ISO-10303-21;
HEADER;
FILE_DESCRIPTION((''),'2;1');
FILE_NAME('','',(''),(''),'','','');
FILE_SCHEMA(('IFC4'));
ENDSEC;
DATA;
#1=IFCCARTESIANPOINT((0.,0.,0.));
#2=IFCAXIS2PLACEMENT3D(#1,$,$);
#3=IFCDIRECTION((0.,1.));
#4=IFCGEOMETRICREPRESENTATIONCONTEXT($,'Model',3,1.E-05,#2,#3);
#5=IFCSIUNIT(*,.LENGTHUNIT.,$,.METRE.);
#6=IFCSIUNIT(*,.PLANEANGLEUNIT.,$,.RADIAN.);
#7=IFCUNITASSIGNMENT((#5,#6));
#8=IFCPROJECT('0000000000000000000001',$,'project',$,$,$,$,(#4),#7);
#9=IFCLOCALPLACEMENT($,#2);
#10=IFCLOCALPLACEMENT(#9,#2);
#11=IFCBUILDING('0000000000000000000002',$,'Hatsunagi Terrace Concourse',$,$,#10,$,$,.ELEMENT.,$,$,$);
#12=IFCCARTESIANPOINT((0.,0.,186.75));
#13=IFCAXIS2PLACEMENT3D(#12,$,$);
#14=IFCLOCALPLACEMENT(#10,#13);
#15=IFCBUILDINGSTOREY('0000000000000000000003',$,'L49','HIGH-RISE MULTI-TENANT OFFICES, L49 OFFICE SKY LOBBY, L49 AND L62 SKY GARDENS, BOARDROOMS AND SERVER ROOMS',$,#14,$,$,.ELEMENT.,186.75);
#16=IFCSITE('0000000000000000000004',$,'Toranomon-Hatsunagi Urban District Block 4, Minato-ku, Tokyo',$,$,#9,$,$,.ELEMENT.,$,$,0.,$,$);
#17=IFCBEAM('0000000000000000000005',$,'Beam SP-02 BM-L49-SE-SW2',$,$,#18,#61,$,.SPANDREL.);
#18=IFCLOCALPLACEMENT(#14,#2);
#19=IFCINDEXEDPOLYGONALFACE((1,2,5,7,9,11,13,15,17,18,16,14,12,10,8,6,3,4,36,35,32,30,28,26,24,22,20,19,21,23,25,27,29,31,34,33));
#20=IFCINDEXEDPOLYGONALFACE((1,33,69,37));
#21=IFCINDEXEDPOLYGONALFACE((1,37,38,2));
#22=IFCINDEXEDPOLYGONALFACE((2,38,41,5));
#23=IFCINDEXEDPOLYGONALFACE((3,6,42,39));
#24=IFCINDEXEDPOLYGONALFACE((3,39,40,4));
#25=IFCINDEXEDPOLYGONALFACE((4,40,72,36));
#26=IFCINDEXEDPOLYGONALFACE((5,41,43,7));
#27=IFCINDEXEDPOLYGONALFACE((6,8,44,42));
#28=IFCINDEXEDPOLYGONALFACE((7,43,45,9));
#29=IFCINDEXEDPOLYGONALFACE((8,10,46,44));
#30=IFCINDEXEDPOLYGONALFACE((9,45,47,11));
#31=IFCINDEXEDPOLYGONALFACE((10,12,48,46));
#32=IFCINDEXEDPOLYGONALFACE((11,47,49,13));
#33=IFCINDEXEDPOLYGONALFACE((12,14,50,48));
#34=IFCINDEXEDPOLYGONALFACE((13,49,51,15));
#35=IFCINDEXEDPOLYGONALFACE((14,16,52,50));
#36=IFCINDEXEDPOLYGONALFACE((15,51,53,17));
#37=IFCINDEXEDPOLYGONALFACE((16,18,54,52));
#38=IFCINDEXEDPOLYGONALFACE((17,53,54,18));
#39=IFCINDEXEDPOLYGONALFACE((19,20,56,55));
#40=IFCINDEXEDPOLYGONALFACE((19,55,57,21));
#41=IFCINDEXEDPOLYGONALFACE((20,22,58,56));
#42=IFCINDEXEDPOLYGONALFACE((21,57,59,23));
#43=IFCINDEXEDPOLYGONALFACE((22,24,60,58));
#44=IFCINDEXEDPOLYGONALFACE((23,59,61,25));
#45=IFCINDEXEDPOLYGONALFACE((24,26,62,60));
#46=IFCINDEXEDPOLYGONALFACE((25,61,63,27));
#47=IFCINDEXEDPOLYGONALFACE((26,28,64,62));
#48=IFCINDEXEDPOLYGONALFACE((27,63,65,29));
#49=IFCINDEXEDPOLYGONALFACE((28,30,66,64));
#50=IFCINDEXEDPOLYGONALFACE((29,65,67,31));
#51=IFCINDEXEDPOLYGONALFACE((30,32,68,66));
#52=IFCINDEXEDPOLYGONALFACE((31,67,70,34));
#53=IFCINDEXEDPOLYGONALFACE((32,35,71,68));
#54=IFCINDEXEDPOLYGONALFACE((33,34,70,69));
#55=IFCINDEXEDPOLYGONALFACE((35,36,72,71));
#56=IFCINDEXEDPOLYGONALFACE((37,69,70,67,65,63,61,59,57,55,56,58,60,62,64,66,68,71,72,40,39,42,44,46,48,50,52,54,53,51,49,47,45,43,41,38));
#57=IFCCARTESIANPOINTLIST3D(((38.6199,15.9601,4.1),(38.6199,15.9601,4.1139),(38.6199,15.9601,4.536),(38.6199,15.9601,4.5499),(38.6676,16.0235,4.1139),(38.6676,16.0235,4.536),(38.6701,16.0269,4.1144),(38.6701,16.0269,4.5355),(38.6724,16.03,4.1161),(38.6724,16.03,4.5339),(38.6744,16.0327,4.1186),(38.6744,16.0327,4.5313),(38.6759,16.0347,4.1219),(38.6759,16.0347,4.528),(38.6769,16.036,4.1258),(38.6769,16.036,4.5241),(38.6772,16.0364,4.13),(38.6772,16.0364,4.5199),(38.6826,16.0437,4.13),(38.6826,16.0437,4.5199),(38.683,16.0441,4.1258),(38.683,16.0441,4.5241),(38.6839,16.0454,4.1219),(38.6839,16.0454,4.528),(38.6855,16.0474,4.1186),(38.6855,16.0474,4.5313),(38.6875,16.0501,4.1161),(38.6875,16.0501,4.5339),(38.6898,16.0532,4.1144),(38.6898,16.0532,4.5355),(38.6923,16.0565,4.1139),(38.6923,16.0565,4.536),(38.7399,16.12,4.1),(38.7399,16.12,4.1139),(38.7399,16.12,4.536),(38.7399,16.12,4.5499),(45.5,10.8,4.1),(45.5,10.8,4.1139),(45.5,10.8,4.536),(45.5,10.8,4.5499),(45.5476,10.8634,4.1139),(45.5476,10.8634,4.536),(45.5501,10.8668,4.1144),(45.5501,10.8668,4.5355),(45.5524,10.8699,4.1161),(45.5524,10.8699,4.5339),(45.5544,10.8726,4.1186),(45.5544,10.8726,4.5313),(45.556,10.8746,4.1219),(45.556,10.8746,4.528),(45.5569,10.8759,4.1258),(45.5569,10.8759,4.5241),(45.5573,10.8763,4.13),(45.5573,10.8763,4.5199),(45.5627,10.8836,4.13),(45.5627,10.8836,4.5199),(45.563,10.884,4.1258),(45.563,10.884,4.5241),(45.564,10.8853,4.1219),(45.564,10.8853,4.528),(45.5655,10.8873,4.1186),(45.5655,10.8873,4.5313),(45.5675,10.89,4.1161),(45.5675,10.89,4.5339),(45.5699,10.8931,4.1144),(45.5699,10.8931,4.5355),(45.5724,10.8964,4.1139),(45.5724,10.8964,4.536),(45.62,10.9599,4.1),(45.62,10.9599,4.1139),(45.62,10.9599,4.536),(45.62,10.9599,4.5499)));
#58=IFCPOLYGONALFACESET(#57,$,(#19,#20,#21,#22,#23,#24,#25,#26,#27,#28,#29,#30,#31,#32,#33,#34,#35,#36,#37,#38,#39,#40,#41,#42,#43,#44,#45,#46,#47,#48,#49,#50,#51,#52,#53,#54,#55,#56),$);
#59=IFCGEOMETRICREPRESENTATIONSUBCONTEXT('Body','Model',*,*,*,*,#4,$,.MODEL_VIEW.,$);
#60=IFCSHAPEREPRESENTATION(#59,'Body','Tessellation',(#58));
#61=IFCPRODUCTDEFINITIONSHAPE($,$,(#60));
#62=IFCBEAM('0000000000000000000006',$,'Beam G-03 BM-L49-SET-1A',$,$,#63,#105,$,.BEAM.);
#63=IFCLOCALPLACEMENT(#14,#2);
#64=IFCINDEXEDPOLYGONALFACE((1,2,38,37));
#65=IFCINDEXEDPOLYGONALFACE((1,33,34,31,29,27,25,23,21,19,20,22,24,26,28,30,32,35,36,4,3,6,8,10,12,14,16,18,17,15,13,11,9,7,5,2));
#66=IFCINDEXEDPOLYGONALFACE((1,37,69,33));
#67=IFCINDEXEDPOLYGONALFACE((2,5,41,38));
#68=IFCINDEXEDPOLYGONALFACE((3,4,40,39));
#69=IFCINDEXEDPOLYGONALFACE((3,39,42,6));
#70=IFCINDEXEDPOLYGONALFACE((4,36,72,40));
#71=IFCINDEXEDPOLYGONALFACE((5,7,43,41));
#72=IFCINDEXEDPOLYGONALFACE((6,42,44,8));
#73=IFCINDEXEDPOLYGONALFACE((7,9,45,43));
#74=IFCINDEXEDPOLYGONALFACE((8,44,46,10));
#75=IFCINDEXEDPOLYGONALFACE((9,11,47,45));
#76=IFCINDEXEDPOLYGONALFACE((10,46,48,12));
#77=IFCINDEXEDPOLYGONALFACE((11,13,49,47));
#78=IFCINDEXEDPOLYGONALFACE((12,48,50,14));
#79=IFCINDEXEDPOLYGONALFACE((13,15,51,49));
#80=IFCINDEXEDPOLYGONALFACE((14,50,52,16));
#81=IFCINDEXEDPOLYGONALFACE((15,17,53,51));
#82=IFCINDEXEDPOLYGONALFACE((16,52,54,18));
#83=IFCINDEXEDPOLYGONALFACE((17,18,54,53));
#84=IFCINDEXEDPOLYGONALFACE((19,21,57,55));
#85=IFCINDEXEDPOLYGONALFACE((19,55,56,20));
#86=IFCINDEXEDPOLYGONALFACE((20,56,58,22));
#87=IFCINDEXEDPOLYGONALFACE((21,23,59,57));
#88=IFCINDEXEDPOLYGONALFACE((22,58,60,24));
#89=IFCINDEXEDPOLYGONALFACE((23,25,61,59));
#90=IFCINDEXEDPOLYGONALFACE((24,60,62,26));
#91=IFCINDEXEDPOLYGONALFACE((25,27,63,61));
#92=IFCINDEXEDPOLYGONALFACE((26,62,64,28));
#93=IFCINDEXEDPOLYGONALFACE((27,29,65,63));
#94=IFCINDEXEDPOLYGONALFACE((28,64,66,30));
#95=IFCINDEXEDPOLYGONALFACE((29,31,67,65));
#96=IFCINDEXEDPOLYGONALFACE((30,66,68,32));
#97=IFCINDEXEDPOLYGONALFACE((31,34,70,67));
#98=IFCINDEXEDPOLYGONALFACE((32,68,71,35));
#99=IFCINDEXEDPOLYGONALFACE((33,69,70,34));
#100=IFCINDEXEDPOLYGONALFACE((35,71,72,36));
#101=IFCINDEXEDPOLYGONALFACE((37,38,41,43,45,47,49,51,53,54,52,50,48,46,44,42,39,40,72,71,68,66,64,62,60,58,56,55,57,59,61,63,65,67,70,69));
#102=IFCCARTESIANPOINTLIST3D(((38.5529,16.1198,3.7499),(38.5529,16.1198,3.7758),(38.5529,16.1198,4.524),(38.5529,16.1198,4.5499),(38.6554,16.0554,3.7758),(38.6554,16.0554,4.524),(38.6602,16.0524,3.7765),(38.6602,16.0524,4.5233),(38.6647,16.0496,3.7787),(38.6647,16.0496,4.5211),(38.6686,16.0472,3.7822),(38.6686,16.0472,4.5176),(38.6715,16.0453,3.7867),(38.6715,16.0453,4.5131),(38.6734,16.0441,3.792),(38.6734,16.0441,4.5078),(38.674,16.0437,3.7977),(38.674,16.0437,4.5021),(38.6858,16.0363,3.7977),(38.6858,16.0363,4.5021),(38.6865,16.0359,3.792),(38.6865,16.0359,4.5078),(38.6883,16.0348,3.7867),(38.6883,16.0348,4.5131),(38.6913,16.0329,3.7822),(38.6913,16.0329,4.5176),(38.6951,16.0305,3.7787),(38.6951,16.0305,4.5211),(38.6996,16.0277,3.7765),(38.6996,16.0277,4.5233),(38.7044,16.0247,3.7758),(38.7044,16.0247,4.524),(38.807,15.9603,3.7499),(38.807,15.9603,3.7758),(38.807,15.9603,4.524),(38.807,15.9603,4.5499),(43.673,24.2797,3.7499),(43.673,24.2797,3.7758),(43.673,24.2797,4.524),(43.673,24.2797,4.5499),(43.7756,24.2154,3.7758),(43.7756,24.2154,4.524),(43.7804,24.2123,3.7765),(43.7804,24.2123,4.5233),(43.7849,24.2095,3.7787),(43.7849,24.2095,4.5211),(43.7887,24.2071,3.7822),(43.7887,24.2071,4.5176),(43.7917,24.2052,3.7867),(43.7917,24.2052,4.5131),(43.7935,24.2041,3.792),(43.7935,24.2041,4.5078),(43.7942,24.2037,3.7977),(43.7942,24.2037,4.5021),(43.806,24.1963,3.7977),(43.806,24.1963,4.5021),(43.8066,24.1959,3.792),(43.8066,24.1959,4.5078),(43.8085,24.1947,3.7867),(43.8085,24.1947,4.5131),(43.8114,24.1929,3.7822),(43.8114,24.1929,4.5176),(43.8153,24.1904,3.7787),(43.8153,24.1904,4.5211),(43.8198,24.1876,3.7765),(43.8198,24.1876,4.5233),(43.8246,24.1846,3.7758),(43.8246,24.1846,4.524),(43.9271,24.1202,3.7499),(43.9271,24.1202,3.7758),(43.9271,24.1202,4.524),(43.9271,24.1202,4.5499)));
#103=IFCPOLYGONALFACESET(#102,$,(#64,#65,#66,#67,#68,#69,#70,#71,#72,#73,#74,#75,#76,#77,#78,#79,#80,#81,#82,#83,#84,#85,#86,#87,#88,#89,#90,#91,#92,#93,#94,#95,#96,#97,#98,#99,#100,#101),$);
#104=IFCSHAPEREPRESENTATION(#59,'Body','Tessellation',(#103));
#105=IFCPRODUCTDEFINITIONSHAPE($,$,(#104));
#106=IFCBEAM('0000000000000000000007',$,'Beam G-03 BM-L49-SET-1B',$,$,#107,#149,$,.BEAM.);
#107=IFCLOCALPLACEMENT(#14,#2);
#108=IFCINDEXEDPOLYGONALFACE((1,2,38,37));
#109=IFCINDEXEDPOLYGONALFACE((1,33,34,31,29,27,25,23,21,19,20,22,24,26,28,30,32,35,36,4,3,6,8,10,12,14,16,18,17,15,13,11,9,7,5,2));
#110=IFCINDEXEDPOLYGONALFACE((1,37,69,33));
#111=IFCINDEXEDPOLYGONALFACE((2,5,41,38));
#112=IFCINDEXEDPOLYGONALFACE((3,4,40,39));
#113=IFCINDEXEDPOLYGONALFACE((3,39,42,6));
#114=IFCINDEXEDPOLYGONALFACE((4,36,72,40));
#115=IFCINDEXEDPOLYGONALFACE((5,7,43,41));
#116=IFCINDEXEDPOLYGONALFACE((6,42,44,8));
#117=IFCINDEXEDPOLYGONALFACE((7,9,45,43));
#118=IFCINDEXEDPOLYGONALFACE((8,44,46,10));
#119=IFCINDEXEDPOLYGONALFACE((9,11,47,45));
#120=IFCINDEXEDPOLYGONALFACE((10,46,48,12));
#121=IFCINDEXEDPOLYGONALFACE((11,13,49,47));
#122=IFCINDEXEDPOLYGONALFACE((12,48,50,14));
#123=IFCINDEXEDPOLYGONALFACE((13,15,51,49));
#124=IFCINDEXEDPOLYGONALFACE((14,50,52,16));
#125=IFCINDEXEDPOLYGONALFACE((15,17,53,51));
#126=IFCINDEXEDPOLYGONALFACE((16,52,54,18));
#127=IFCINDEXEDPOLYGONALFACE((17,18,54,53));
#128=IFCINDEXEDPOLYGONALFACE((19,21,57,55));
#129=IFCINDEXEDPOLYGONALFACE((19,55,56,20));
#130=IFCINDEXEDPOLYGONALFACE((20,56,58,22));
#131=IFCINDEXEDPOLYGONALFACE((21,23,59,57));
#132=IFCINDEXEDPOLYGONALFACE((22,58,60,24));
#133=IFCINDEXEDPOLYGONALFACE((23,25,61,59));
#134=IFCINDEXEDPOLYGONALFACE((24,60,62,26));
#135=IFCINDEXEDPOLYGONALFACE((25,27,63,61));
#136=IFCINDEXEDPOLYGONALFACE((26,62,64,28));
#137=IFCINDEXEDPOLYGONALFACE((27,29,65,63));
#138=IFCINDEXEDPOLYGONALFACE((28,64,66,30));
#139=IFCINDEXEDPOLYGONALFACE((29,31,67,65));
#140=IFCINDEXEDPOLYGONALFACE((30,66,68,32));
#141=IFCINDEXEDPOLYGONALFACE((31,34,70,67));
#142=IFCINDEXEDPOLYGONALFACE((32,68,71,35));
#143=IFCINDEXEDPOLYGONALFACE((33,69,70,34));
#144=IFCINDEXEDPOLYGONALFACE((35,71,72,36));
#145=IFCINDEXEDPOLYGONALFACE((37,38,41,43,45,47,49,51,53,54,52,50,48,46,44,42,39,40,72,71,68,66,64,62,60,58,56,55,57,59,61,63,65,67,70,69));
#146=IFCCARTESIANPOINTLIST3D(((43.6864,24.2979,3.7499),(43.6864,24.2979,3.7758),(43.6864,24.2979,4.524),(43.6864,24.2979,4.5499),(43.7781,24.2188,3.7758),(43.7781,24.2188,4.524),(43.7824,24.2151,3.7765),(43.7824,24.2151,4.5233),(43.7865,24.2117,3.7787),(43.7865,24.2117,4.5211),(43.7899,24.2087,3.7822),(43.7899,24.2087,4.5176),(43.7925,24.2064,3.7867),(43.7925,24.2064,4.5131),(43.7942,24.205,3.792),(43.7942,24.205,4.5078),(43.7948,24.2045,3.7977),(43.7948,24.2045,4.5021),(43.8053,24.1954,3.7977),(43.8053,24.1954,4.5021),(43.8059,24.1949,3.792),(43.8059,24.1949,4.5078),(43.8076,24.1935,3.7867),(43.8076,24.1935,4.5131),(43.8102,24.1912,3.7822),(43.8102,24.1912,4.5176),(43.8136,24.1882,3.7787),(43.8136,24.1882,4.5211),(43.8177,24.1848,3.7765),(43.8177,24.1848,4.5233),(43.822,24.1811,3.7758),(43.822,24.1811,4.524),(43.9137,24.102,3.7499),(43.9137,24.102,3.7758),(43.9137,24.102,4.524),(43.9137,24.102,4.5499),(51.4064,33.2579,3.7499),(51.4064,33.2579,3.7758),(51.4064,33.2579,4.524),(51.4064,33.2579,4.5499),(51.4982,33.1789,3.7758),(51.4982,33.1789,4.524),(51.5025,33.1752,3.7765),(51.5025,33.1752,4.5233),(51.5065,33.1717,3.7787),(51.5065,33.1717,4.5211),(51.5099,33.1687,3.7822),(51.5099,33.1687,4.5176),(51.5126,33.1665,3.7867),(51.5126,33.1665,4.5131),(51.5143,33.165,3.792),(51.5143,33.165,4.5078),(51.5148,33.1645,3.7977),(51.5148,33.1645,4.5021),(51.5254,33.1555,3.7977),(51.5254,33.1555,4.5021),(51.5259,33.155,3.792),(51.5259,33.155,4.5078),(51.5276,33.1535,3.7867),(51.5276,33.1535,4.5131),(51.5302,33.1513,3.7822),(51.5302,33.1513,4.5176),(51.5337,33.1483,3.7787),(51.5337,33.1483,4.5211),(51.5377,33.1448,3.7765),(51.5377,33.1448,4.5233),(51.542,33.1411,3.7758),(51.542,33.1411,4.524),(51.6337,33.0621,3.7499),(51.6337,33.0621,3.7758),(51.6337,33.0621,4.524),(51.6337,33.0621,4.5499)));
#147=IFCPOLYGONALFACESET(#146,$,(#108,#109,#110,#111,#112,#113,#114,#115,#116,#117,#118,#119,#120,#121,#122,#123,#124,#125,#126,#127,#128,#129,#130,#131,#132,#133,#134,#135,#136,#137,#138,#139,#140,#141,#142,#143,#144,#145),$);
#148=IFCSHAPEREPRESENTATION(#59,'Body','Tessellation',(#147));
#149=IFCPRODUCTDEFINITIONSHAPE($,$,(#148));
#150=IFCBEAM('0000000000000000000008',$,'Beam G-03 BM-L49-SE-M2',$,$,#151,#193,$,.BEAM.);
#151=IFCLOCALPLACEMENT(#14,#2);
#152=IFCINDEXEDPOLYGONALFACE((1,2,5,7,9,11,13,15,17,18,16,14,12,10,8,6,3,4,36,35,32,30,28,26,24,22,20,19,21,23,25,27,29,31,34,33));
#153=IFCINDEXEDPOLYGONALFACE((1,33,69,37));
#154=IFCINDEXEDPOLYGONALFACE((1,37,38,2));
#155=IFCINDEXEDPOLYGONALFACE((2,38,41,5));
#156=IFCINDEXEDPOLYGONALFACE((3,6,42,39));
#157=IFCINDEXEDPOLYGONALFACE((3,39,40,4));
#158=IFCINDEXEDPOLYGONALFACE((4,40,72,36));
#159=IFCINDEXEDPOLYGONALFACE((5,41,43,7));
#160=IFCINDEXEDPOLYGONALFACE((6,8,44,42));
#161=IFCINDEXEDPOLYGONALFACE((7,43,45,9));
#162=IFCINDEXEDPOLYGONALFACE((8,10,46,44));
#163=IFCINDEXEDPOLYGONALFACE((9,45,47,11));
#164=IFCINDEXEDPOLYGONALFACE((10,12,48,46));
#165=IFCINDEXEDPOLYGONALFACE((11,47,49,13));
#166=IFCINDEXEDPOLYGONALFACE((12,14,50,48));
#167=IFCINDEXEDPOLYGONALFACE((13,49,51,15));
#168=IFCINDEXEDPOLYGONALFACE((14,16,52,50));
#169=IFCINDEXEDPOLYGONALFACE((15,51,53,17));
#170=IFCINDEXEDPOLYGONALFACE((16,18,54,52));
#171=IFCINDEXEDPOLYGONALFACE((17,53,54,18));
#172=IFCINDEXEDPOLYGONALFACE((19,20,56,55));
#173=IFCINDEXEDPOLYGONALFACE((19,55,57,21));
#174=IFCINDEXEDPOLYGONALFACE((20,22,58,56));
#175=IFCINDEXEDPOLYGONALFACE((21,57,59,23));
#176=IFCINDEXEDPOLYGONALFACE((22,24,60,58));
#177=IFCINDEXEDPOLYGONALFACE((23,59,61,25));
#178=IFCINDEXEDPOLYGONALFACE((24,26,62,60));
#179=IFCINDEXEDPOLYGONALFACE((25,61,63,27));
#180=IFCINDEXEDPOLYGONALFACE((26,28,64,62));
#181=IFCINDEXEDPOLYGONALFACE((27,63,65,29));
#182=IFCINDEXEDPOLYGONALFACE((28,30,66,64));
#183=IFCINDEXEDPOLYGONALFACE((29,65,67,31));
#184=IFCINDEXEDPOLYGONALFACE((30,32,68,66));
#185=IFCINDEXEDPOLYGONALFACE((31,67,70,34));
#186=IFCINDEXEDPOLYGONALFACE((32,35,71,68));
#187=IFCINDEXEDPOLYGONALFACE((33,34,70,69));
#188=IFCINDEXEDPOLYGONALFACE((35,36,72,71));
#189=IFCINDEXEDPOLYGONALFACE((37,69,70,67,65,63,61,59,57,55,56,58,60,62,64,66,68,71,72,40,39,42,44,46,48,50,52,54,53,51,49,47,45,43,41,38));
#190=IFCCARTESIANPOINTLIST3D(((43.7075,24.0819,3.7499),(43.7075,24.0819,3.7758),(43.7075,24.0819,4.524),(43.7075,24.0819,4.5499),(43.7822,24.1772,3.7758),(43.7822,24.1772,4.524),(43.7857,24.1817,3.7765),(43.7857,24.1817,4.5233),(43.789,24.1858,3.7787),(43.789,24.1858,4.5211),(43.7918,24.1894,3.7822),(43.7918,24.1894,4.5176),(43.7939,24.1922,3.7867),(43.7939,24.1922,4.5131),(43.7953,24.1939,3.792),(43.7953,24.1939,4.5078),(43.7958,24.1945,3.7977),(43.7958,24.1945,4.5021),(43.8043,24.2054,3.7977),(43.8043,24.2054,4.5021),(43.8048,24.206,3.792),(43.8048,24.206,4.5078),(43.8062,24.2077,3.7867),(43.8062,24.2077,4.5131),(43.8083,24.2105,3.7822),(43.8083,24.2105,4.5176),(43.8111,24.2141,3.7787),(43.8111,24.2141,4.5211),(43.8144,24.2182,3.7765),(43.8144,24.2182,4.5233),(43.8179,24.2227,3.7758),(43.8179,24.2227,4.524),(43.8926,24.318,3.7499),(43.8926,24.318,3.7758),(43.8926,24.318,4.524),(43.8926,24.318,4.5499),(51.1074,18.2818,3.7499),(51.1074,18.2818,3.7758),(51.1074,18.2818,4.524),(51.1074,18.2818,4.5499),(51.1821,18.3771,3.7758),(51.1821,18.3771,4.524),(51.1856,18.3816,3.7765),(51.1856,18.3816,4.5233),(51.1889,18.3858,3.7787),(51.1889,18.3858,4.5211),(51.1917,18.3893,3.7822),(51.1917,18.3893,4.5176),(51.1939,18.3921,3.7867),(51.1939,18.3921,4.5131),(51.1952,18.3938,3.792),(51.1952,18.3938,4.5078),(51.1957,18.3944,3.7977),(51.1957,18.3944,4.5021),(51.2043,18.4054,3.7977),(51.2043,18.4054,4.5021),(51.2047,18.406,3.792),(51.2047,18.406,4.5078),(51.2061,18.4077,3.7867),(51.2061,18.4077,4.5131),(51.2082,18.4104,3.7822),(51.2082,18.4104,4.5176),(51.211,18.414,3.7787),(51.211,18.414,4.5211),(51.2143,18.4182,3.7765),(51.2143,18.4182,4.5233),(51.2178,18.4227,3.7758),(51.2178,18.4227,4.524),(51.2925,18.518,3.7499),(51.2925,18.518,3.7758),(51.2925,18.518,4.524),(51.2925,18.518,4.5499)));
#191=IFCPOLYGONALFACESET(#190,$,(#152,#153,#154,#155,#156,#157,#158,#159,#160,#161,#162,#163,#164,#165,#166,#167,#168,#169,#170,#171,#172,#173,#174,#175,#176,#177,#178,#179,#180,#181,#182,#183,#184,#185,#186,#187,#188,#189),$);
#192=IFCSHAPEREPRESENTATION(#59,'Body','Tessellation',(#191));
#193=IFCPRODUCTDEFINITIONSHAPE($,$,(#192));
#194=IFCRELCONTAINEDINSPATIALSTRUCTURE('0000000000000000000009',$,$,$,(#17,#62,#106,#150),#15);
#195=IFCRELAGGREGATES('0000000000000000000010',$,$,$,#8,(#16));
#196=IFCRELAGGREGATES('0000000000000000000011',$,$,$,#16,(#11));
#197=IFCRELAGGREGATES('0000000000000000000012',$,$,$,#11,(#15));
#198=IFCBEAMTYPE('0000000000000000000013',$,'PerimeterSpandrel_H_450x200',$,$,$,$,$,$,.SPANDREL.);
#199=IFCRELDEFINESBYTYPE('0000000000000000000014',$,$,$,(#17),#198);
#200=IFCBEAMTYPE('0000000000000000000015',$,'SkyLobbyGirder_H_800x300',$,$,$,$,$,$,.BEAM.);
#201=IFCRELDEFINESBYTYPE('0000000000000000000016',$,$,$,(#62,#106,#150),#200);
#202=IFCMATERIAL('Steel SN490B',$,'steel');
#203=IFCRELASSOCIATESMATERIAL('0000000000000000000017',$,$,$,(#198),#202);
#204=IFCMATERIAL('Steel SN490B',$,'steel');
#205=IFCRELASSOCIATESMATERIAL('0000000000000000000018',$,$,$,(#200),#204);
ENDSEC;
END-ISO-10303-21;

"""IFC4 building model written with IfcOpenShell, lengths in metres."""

from ifc_helpers import new_model, si_unit, direction, frame, origin, origin_2d, place, context, subcontext, project, spatial, i_section, extrude, material, material_profile, profile_set, type_object, element, save


model = new_model("IFC4")

# Units and contexts
model_context = context("Model", 3, precision=1e-05, world=origin(), true_north=direction((0.0, 1.0)))
body_context = subcontext(model_context, "Body", "Model", "MODEL_VIEW")
ifc_project = project(units=[si_unit("LENGTHUNIT", "METRE"), si_unit("PLANEANGLEUNIT", "RADIAN")], contexts=[model_context])

# Site, building, storey
site_placement = place(None, origin())
site = spatial("IfcSite", under=ifc_project, at=site_placement, Name="Toranomon-Hatsunagi Urban District Block 4, Minato-ku, Tokyo", CompositionType="ELEMENT", RefElevation=0.0)
building_placement = place(site_placement, origin())
building = spatial("IfcBuilding", under=site, at=building_placement, Name="Hatsunagi Terrace Concourse", CompositionType="ELEMENT")
storey_placement = place(building_placement, frame((0.0, 0.0, 186.75)))
storey = spatial("IfcBuildingStorey", under=building, at=storey_placement, Name="L49", Description="HIGH-RISE MULTI-TENANT OFFICES, L49 OFFICE SKY LOBBY, L49 AND L62 SKY GARDENS, BOARDROOMS AND SERVER ROOMS", CompositionType="ELEMENT", Elevation=186.75)

# Beams
ifc_material_1 = material(Name="Steel SN490B", Category="steel")
ifc_material_profile_1 = material_profile(ifc_material_1, i_section(OverallWidth=0.2, OverallDepth=0.45, WebThickness=0.009, FlangeThickness=0.0139, FilletRadius=0.0161, at=origin_2d()), Name="H-450x200x9x14")
ifc_profile_set_1 = profile_set([ifc_material_profile_1], Name="Steel SN490B")
beam_type_1 = type_object("IfcBeamType", Name="PerimeterSpandrel_H_450x200", PredefinedType="SPANDREL", material=ifc_profile_set_1)
beam_1_placement = place(storey_placement, frame((38.6799, 16.04, 4.325), z_axis=(0.799997, -0.600005, 0.0), x_axis=(0.600005, 0.799997, 0.0)))
element("IfcBeam", 1, at=beam_1_placement, inside=storey, type_object=beam_type_1, Name="Beam SP-02 BM-L49-SE-SW2", PredefinedType="SPANDREL", context=body_context, shape_type="SweptSolid", body=[
    extrude(i_section(OverallWidth=0.2, OverallDepth=0.45, WebThickness=0.009, FlangeThickness=0.0139, FilletRadius=0.0161, at=origin_2d()), origin(), (0.0, 0.0, 1.0), 8.6001),
])
ifc_material_2 = material(Name="Steel SN490B", Category="steel")
ifc_material_profile_2 = material_profile(ifc_material_2, i_section(OverallWidth=0.3, OverallDepth=0.8, WebThickness=0.0139, FlangeThickness=0.0259, FilletRadius=0.022, at=origin_2d()), Name="H-800x300x14x26")
ifc_profile_set_2 = profile_set([ifc_material_profile_2], Name="Steel SN490B")
beam_type_2 = type_object("IfcBeamType", Name="SkyLobbyGirder_H_800x300", PredefinedType="BEAM", material=ifc_profile_set_2)
beam_2_placement = place(storey_placement, frame((38.6799, 16.04, 4.1499), z_axis=(0.531504, 0.847056, 0.0), x_axis=(-0.847056, 0.531504, 0.0)))
element("IfcBeam", 2, at=beam_2_placement, inside=storey, type_object=beam_type_2, Name="Beam G-03 BM-L49-SET-1A", PredefinedType="BEAM", context=body_context, shape_type="SweptSolid", body=[
    extrude(i_section(OverallWidth=0.3, OverallDepth=0.8, WebThickness=0.0139, FlangeThickness=0.0259, FilletRadius=0.022, at=origin_2d()), origin(), (0.0, 0.0, 1.0), 9.6333),
])
beam_3_placement = place(storey_placement, frame((43.8, 24.2, 4.1499), z_axis=(0.652739, 0.757583, 0.0), x_axis=(-0.757583, 0.652739, 0.0)))
element("IfcBeam", 3, at=beam_3_placement, inside=storey, type_object=beam_type_2, Name="Beam G-03 BM-L49-SET-1B", PredefinedType="BEAM", context=body_context, shape_type="SweptSolid", body=[
    extrude(i_section(OverallWidth=0.3, OverallDepth=0.8, WebThickness=0.0139, FlangeThickness=0.0259, FilletRadius=0.022, at=origin_2d()), origin(), (0.0, 0.0, 1.0), 11.8271),
])
beam_4_placement = place(storey_placement, frame((43.8, 24.2, 4.1499), z_axis=(0.787049, -0.61689, 0.0), x_axis=(0.61689, 0.787049, 0.0)))
element("IfcBeam", 4, at=beam_4_placement, inside=storey, type_object=beam_type_2, Name="Beam G-03 BM-L49-SE-M2", PredefinedType="BEAM", context=body_context, shape_type="SweptSolid", body=[
    extrude(i_section(OverallWidth=0.3, OverallDepth=0.8, WebThickness=0.0139, FlangeThickness=0.0259, FilletRadius=0.022, at=origin_2d()), origin(), (0.0, 0.0, 1.0), 9.4021),
])

save(model, "model.ifc")
